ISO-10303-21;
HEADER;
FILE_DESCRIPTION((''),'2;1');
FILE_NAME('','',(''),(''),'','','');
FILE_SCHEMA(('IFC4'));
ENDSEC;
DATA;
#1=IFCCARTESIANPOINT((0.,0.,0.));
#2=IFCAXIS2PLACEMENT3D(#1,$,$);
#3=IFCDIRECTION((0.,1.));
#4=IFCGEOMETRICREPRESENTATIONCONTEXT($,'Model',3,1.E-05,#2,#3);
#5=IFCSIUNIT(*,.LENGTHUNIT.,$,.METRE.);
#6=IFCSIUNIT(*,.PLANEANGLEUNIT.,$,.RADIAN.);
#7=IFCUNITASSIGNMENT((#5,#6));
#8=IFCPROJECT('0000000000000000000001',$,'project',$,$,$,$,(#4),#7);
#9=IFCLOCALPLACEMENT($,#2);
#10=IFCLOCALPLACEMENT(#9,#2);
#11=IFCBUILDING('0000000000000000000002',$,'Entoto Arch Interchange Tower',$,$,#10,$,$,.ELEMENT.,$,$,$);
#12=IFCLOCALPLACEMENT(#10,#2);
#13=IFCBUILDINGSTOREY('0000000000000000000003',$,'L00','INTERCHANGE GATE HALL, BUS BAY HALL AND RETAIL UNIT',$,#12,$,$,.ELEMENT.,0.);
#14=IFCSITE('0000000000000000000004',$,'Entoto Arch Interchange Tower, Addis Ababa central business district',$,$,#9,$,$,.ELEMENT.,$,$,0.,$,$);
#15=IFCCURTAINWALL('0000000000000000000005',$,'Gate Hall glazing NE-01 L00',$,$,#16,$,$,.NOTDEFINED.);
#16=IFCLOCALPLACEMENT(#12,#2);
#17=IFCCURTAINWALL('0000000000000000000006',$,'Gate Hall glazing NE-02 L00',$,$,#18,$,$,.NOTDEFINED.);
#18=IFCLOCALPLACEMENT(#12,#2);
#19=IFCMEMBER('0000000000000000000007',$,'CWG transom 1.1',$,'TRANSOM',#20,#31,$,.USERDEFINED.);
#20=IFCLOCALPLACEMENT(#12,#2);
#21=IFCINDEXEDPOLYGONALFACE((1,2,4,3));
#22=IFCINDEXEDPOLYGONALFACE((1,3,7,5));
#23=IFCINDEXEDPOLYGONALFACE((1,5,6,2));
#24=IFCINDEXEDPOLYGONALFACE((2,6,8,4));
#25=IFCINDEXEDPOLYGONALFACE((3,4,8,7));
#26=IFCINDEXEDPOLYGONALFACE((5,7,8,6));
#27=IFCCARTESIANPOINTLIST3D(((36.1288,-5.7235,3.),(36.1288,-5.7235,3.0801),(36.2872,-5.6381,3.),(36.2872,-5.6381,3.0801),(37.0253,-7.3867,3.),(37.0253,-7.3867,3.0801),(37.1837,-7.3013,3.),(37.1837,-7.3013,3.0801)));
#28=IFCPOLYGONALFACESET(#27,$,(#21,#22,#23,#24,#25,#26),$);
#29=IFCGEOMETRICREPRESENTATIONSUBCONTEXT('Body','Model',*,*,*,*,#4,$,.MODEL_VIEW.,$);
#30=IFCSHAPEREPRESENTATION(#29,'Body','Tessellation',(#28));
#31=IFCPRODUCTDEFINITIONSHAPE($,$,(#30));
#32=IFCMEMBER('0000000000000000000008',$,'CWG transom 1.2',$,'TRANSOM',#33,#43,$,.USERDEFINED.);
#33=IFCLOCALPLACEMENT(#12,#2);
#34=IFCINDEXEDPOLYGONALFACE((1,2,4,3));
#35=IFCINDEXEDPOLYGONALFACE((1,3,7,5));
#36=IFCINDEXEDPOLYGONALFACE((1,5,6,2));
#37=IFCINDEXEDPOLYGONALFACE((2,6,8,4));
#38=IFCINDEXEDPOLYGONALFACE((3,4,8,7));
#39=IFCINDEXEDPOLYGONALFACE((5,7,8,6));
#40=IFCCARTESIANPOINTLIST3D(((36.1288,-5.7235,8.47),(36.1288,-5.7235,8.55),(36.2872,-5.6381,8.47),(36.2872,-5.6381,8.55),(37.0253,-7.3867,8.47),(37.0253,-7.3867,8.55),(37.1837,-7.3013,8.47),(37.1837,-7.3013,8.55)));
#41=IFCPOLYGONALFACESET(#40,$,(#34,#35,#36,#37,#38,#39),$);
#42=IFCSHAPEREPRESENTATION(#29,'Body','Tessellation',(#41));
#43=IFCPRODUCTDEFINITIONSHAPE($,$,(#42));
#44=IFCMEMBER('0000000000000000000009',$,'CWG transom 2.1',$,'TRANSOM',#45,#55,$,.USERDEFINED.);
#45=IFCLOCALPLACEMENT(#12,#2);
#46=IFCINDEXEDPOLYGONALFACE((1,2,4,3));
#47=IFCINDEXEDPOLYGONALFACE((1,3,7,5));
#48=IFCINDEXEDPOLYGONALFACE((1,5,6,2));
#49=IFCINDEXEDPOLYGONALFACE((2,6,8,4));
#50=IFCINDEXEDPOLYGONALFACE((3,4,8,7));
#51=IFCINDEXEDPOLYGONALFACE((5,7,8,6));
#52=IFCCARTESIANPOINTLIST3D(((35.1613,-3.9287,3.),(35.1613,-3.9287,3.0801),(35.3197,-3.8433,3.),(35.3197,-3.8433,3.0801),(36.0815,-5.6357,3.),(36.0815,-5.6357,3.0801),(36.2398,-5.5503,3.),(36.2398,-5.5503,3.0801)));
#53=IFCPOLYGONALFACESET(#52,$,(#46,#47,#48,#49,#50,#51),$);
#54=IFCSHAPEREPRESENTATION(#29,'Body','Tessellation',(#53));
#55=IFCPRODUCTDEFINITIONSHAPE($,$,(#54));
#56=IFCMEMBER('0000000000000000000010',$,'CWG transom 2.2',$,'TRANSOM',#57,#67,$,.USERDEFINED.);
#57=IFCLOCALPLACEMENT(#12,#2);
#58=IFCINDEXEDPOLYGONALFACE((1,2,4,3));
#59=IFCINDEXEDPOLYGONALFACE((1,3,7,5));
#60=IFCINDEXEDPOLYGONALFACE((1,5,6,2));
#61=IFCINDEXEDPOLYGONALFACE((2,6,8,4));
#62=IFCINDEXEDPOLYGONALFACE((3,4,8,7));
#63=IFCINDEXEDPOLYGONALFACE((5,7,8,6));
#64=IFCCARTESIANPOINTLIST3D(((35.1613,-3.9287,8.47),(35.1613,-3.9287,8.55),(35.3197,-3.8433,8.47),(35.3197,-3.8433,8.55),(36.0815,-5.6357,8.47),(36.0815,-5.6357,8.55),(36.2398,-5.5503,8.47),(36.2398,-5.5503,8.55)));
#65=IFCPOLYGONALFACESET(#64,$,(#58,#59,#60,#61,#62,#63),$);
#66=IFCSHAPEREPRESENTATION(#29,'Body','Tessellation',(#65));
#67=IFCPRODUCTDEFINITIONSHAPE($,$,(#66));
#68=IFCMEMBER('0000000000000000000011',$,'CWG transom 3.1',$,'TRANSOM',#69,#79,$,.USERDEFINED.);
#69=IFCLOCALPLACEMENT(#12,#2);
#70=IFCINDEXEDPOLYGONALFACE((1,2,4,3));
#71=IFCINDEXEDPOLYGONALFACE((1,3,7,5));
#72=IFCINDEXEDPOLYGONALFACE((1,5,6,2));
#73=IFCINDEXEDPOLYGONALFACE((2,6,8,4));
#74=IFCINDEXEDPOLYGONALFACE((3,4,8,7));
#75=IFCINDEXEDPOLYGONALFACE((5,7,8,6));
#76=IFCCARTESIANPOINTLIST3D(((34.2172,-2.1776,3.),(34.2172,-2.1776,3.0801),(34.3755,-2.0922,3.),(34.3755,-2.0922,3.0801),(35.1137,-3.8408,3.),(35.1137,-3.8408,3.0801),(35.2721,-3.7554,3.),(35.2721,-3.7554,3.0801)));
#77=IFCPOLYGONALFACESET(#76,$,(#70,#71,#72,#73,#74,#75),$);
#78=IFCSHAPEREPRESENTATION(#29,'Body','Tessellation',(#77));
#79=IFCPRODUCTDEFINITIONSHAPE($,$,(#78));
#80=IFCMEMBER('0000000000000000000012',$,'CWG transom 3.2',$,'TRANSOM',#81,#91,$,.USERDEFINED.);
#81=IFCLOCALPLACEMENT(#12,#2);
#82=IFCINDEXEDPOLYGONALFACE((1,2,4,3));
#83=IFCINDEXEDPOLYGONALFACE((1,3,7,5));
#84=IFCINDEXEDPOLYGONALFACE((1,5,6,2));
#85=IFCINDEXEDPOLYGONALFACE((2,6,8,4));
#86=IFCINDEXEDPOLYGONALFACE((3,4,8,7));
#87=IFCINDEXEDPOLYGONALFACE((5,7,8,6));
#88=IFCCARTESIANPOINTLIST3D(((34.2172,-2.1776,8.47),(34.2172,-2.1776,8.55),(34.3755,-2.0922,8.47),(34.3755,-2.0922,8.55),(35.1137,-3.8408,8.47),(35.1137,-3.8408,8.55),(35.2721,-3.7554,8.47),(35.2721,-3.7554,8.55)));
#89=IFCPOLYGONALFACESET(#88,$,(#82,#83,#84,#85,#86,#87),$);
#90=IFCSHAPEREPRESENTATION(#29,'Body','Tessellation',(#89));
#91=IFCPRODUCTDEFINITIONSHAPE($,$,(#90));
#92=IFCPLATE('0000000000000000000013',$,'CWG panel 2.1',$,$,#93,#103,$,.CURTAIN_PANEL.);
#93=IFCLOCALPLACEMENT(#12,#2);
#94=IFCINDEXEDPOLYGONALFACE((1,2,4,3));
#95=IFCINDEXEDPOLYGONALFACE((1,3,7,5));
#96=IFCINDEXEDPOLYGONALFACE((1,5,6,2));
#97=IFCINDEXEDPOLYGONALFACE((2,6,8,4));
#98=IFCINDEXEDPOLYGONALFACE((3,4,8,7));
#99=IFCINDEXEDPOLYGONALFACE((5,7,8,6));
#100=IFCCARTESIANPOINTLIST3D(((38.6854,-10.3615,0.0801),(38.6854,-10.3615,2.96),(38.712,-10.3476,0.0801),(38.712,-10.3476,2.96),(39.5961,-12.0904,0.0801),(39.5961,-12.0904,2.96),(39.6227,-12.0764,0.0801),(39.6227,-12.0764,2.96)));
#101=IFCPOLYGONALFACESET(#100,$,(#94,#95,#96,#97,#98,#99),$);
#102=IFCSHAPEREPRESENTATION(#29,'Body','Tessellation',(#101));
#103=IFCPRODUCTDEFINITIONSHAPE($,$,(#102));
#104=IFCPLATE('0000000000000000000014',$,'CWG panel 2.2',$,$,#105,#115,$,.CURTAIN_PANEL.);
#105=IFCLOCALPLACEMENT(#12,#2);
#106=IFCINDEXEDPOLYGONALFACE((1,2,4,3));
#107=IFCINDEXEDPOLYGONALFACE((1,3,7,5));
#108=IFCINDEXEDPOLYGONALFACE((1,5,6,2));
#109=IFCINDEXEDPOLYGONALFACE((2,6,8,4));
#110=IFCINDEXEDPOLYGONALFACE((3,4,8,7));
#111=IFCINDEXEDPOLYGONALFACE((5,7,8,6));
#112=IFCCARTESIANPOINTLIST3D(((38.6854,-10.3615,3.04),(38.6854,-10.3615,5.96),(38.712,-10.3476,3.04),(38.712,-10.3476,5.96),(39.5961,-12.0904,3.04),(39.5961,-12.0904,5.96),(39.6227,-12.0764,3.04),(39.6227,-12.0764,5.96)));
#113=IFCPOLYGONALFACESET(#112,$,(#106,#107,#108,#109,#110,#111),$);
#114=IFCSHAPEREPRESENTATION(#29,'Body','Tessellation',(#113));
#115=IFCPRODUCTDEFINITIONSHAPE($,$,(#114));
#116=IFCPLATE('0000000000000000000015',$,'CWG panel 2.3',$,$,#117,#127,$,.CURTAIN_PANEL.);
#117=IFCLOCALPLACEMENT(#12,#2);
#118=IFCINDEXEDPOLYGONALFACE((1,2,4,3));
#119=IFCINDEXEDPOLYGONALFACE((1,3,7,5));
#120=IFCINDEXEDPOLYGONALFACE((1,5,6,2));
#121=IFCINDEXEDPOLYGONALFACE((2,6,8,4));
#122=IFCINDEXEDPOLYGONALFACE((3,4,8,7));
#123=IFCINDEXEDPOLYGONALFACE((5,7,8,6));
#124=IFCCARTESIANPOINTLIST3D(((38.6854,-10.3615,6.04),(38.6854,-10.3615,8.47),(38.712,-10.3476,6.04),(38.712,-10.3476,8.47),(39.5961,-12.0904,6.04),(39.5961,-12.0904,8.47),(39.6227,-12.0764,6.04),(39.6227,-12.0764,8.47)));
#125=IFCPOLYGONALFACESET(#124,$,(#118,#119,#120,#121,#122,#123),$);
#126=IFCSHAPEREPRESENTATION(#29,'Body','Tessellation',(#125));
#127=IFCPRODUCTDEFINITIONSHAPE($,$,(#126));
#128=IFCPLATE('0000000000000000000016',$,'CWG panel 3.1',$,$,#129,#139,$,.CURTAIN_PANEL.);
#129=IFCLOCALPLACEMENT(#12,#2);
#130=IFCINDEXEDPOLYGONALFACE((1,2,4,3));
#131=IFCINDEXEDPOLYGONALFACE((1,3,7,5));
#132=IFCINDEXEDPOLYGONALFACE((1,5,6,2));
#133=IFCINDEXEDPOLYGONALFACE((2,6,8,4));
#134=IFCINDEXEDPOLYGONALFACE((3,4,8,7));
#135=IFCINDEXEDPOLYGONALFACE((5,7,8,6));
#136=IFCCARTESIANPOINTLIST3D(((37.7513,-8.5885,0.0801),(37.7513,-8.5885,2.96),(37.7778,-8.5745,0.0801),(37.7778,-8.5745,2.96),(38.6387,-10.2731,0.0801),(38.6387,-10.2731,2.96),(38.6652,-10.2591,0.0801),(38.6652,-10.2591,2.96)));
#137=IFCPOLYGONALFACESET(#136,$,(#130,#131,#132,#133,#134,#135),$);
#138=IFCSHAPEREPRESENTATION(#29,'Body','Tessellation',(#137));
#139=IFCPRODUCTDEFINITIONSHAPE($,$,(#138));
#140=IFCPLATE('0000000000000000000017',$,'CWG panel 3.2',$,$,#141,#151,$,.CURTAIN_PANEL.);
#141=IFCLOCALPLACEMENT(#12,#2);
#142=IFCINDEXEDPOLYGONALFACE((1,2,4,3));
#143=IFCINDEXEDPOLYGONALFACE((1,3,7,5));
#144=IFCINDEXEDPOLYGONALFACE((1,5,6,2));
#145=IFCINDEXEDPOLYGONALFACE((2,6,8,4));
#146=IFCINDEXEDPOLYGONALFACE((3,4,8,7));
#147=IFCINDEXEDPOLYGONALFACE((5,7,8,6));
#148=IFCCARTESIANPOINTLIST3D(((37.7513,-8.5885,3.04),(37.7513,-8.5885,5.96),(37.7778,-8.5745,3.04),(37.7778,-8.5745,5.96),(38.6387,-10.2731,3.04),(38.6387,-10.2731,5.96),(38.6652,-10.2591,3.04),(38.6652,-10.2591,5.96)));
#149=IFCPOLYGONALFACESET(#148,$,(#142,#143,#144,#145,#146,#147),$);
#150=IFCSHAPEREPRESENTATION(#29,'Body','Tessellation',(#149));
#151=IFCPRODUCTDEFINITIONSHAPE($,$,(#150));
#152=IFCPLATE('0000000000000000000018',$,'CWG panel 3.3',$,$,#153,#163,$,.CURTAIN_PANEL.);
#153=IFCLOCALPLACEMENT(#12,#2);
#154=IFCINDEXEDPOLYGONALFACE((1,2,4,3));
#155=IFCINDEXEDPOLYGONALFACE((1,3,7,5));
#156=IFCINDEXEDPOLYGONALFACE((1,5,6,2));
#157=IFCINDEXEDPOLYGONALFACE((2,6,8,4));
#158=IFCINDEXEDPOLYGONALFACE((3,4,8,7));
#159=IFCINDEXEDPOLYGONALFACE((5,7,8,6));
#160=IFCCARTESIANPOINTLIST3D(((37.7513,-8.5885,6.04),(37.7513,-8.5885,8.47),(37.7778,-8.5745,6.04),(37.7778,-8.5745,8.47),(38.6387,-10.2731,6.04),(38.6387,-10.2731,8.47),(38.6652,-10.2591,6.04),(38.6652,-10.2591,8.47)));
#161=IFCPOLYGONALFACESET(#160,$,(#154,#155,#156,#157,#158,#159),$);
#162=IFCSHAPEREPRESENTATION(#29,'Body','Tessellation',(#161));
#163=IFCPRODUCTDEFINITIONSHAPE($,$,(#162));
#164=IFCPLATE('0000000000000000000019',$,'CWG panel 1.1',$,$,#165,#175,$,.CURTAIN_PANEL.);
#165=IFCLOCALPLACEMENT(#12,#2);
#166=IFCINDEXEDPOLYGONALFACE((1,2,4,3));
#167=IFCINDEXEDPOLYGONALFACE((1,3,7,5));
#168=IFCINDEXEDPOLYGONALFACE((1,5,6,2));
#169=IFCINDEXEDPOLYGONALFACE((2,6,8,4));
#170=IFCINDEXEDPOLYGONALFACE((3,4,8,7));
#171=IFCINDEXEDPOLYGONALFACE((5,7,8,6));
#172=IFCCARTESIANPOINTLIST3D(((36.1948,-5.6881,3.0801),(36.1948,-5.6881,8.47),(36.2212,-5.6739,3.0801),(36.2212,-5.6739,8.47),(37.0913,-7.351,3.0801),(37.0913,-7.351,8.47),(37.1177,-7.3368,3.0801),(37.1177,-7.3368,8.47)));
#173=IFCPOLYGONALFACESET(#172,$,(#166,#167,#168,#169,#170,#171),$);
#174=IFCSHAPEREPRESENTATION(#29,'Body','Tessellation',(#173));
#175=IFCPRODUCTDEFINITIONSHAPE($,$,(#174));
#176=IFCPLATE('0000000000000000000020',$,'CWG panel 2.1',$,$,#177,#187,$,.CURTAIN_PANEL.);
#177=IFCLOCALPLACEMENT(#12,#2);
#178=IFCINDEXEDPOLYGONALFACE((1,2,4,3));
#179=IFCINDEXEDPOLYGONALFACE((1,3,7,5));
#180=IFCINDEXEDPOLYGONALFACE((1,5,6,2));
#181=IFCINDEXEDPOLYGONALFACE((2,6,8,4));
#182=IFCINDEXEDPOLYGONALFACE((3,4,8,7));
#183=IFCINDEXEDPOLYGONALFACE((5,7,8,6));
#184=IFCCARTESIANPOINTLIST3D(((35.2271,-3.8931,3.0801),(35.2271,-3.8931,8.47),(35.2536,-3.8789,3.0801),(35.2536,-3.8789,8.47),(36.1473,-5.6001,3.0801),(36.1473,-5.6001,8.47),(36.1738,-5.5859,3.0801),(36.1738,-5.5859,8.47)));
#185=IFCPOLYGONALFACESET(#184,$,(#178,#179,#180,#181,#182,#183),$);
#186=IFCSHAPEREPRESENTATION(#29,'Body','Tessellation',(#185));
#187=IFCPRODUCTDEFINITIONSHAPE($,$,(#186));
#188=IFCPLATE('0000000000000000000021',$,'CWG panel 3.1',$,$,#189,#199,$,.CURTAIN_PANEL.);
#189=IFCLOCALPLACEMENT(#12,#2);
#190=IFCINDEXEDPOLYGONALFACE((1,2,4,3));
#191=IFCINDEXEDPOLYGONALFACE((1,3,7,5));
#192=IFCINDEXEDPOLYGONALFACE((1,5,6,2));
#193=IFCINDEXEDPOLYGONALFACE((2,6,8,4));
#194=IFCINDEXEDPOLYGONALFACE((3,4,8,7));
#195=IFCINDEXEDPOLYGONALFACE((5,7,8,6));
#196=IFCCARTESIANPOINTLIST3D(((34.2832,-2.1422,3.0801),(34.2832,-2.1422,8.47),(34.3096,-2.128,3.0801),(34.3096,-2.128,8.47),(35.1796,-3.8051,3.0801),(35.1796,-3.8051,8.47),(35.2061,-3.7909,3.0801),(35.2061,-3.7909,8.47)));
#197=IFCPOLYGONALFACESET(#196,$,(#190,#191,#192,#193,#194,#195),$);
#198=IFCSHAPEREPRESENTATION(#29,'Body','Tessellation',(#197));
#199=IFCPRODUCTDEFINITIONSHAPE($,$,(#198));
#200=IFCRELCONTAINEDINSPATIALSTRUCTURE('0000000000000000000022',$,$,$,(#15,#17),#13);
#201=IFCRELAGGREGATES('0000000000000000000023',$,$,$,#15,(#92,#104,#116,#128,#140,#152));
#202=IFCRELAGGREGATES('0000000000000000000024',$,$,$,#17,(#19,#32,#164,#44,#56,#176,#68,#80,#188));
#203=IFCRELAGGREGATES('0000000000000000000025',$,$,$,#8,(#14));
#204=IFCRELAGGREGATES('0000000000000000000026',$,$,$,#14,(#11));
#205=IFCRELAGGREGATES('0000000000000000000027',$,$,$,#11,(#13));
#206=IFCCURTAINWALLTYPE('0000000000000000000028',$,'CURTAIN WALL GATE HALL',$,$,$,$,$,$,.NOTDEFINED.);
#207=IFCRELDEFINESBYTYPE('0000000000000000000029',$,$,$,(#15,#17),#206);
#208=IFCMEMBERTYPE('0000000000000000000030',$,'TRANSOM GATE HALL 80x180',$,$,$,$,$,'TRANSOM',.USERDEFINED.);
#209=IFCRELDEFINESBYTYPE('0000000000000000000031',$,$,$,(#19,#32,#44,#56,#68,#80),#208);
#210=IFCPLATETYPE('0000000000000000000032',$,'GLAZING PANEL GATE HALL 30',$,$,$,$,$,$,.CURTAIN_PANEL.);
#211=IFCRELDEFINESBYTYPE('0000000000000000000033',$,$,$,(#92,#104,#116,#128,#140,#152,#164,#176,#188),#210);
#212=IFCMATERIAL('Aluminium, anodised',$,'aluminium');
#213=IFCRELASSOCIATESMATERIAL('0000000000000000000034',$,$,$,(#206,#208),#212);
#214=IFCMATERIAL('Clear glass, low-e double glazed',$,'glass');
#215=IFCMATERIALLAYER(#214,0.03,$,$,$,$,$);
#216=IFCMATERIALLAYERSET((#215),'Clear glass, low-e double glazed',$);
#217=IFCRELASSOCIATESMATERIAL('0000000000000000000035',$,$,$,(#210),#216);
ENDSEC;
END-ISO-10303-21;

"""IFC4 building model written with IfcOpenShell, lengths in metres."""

from ifc_helpers import new_model, si_unit, direction, frame, origin, origin_2d, place, context, subcontext, project, spatial, rectangle, extrude, material, layer, layer_set, material_profile, profile_set, type_object, element, aggregate, save


model = new_model("IFC4")

# Units and contexts
model_context = context("Model", 3, precision=1e-05, world=origin(), true_north=direction((0.0, 1.0)))
body_context = subcontext(model_context, "Body", "Model", "MODEL_VIEW")
ifc_project = project(units=[si_unit("LENGTHUNIT", "METRE"), si_unit("PLANEANGLEUNIT", "RADIAN")], contexts=[model_context])

# Site, building, storey
site_placement = place(None, origin())
site = spatial("IfcSite", under=ifc_project, at=site_placement, Name="Entoto Arch Interchange Tower, Addis Ababa central business district", CompositionType="ELEMENT", RefElevation=0.0)
building_placement = place(site_placement, origin())
building = spatial("IfcBuilding", under=site, at=building_placement, Name="Entoto Arch Interchange Tower", CompositionType="ELEMENT")
storey_placement = place(building_placement, origin())
storey = spatial("IfcBuildingStorey", under=building, at=storey_placement, Name="L00", Description="INTERCHANGE GATE HALL, BUS BAY HALL AND RETAIL UNIT", CompositionType="ELEMENT", Elevation=0.0)

# Curtain walls
ifc_material_1 = material(Name="Aluminium, anodised", Category="aluminium")
curtain_wall_type = type_object("IfcCurtainWallType", Name="CURTAIN WALL GATE HALL", PredefinedType="NOTDEFINED", material=ifc_material_1)
curtain_wall_1_placement = place(storey_placement, origin())
curtain_wall_1 = element("IfcCurtainWall", 1, at=curtain_wall_1_placement, inside=storey, type_object=curtain_wall_type, Name="Gate Hall glazing NE-01 L00", PredefinedType="NOTDEFINED")
curtain_wall_2_placement = place(storey_placement, origin())
curtain_wall_2 = element("IfcCurtainWall", 2, at=curtain_wall_2_placement, inside=storey, type_object=curtain_wall_type, Name="Gate Hall glazing NE-02 L00", PredefinedType="NOTDEFINED")

# Members
ifc_material_profile_1 = material_profile(ifc_material_1, rectangle(XDim=0.1799, YDim=0.0801, at=origin_2d()))
ifc_profile_set_1 = profile_set([ifc_material_profile_1], Name="Aluminium, anodised")
member_type_1 = type_object("IfcMemberType", Name="TRANSOM GATE HALL 80x180", ElementType="TRANSOM", PredefinedType="USERDEFINED", material=ifc_profile_set_1)
member_1_placement = place(storey_placement, frame((37.1045, -7.344, 3.04), z_axis=(-0.4745, 0.880255, 0.0), x_axis=(-0.880255, -0.4745, 0.0)))
member_1 = element("IfcMember", 3, at=member_1_placement, type_object=member_type_1, Name="CWG transom 1.1", ObjectType="TRANSOM", PredefinedType="USERDEFINED", context=body_context, shape_type="SweptSolid", body=[
    extrude(rectangle(XDim=0.1799, YDim=0.0801, at=origin_2d()), origin(), (0.0, 0.0, 1.0), 1.8894),
])
member_2_placement = place(storey_placement, frame((37.1045, -7.344, 8.51), z_axis=(-0.4745, 0.880255, 0.0), x_axis=(-0.880255, -0.4745, 0.0)))
member_2 = element("IfcMember", 4, at=member_2_placement, type_object=member_type_1, Name="CWG transom 1.2", ObjectType="TRANSOM", PredefinedType="USERDEFINED", context=body_context, shape_type="SweptSolid", body=[
    extrude(rectangle(XDim=0.1799, YDim=0.0801, at=origin_2d()), origin(), (0.0, 0.0, 1.0), 1.8894),
])
member_3_placement = place(storey_placement, frame((36.1606, -5.593, 3.04), z_axis=(-0.474498, 0.880257, 0.0), x_axis=(-0.880257, -0.474498, 0.0)))
member_3 = element("IfcMember", 5, at=member_3_placement, type_object=member_type_1, Name="CWG transom 2.1", ObjectType="TRANSOM", PredefinedType="USERDEFINED", context=body_context, shape_type="SweptSolid", body=[
    extrude(rectangle(XDim=0.1799, YDim=0.0801, at=origin_2d()), origin(), (0.0, 0.0, 1.0), 1.9392),
])
member_4_placement = place(storey_placement, frame((36.1606, -5.593, 8.51), z_axis=(-0.474498, 0.880257, 0.0), x_axis=(-0.880257, -0.474498, 0.0)))
member_4 = element("IfcMember", 6, at=member_4_placement, type_object=member_type_1, Name="CWG transom 2.2", ObjectType="TRANSOM", PredefinedType="USERDEFINED", context=body_context, shape_type="SweptSolid", body=[
    extrude(rectangle(XDim=0.1799, YDim=0.0801, at=origin_2d()), origin(), (0.0, 0.0, 1.0), 1.9392),
])
member_5_placement = place(storey_placement, frame((35.1929, -3.7981, 3.04), z_axis=(-0.4745, 0.880255, 0.0), x_axis=(-0.880255, -0.4745, 0.0)))
member_5 = element("IfcMember", 7, at=member_5_placement, type_object=member_type_1, Name="CWG transom 3.1", ObjectType="TRANSOM", PredefinedType="USERDEFINED", context=body_context, shape_type="SweptSolid", body=[
    extrude(rectangle(XDim=0.1799, YDim=0.0801, at=origin_2d()), origin(), (0.0, 0.0, 1.0), 1.8894),
])
member_6_placement = place(storey_placement, frame((35.1929, -3.7981, 8.51), z_axis=(-0.4745, 0.880255, 0.0), x_axis=(-0.880255, -0.4745, 0.0)))
member_6 = element("IfcMember", 8, at=member_6_placement, type_object=member_type_1, Name="CWG transom 3.2", ObjectType="TRANSOM", PredefinedType="USERDEFINED", context=body_context, shape_type="SweptSolid", body=[
    extrude(rectangle(XDim=0.1799, YDim=0.0801, at=origin_2d()), origin(), (0.0, 0.0, 1.0), 1.8894),
])

# Plates
ifc_material_2 = material(Name="Clear glass, low-e double glazed", Category="glass")
ifc_layer_1 = layer(ifc_material_2, 0.03)
ifc_layer_set_1 = layer_set([ifc_layer_1], Name="Clear glass, low-e double glazed")
plate_type = type_object("IfcPlateType", Name="GLAZING PANEL GATE HALL 30", PredefinedType="CURTAIN_PANEL", material=ifc_layer_set_1)
plate_1_placement = place(storey_placement, frame((39.1541, -11.219, 0.0801), z_axis=(0.0, 0.0, 1.0), x_axis=(-0.466067, 0.884749, 0.0)))
plate_1 = element("IfcPlate", 9, at=plate_1_placement, type_object=plate_type, Name="CWG panel 2.1", PredefinedType="CURTAIN_PANEL", context=body_context, shape_type="SweptSolid", body=[
    extrude(rectangle(XDim=1.9541, YDim=0.03, at=origin_2d()), origin(), (0.0, 0.0, 1.0), 2.8799),
])
plate_2_placement = place(storey_placement, frame((39.1541, -11.219, 3.04), z_axis=(0.0, 0.0, 1.0), x_axis=(-0.466067, 0.884749, 0.0)))
plate_2 = element("IfcPlate", 10, at=plate_2_placement, type_object=plate_type, Name="CWG panel 2.2", PredefinedType="CURTAIN_PANEL", context=body_context, shape_type="SweptSolid", body=[
    extrude(rectangle(XDim=1.9541, YDim=0.03, at=origin_2d()), origin(), (0.0, 0.0, 1.0), 2.9199),
])
plate_3_placement = place(storey_placement, frame((39.1541, -11.219, 6.04), z_axis=(0.0, 0.0, 1.0), x_axis=(-0.466067, 0.884749, 0.0)))
plate_3 = element("IfcPlate", 11, at=plate_3_placement, type_object=plate_type, Name="CWG panel 2.3", PredefinedType="CURTAIN_PANEL", context=body_context, shape_type="SweptSolid", body=[
    extrude(rectangle(XDim=1.9541, YDim=0.03, at=origin_2d()), origin(), (0.0, 0.0, 1.0), 2.4299),
])
plate_4_placement = place(storey_placement, frame((38.2083, -9.4238, 0.0801), z_axis=(0.0, 0.0, 1.0), x_axis=(-0.466067, 0.884749, 0.0)))
plate_4 = element("IfcPlate", 12, at=plate_4_placement, type_object=plate_type, Name="CWG panel 3.1", PredefinedType="CURTAIN_PANEL", context=body_context, shape_type="SweptSolid", body=[
    extrude(rectangle(XDim=1.9041, YDim=0.03, at=origin_2d()), origin(), (0.0, 0.0, 1.0), 2.8799),
])
plate_5_placement = place(storey_placement, frame((38.2083, -9.4238, 3.04), z_axis=(0.0, 0.0, 1.0), x_axis=(-0.466067, 0.884749, 0.0)))
plate_5 = element("IfcPlate", 13, at=plate_5_placement, type_object=plate_type, Name="CWG panel 3.2", PredefinedType="CURTAIN_PANEL", context=body_context, shape_type="SweptSolid", body=[
    extrude(rectangle(XDim=1.9041, YDim=0.03, at=origin_2d()), origin(), (0.0, 0.0, 1.0), 2.9199),
])
plate_6_placement = place(storey_placement, frame((38.2083, -9.4238, 6.04), z_axis=(0.0, 0.0, 1.0), x_axis=(-0.466067, 0.884749, 0.0)))
plate_6 = element("IfcPlate", 14, at=plate_6_placement, type_object=plate_type, Name="CWG panel 3.3", PredefinedType="CURTAIN_PANEL", context=body_context, shape_type="SweptSolid", body=[
    extrude(rectangle(XDim=1.9041, YDim=0.03, at=origin_2d()), origin(), (0.0, 0.0, 1.0), 2.4299),
])
aggregate(curtain_wall_1, [plate_1, plate_2, plate_3, plate_4, plate_5, plate_6])
plate_7_placement = place(storey_placement, frame((36.6562, -6.5125, 3.0801), z_axis=(0.0, 0.0, 1.0), x_axis=(-0.474529, 0.88024, 0.0)))
plate_7 = element("IfcPlate", 15, at=plate_7_placement, type_object=plate_type, Name="CWG panel 1.1", PredefinedType="CURTAIN_PANEL", context=body_context, shape_type="SweptSolid", body=[
    extrude(rectangle(XDim=1.8892, YDim=0.03, at=origin_2d()), origin(), (0.0, 0.0, 1.0), 5.3899),
])
plate_8_placement = place(storey_placement, frame((35.7004, -4.7395, 3.0801), z_axis=(0.0, 0.0, 1.0), x_axis=(-0.474529, 0.88024, 0.0)))
plate_8 = element("IfcPlate", 16, at=plate_8_placement, type_object=plate_type, Name="CWG panel 2.1", PredefinedType="CURTAIN_PANEL", context=body_context, shape_type="SweptSolid", body=[
    extrude(rectangle(XDim=1.9392, YDim=0.03, at=origin_2d()), origin(), (0.0, 0.0, 1.0), 5.3899),
])
plate_9_placement = place(storey_placement, frame((34.7446, -2.9666, 3.0801), z_axis=(0.0, 0.0, 1.0), x_axis=(-0.474529, 0.88024, 0.0)))
plate_9 = element("IfcPlate", 17, at=plate_9_placement, type_object=plate_type, Name="CWG panel 3.1", PredefinedType="CURTAIN_PANEL", context=body_context, shape_type="SweptSolid", body=[
    extrude(rectangle(XDim=1.8892, YDim=0.03, at=origin_2d()), origin(), (0.0, 0.0, 1.0), 5.3899),
])
aggregate(curtain_wall_2, [member_1, member_2, plate_7, member_3, member_4, plate_8, member_5, member_6, plate_9])

save(model, "model.ifc")
